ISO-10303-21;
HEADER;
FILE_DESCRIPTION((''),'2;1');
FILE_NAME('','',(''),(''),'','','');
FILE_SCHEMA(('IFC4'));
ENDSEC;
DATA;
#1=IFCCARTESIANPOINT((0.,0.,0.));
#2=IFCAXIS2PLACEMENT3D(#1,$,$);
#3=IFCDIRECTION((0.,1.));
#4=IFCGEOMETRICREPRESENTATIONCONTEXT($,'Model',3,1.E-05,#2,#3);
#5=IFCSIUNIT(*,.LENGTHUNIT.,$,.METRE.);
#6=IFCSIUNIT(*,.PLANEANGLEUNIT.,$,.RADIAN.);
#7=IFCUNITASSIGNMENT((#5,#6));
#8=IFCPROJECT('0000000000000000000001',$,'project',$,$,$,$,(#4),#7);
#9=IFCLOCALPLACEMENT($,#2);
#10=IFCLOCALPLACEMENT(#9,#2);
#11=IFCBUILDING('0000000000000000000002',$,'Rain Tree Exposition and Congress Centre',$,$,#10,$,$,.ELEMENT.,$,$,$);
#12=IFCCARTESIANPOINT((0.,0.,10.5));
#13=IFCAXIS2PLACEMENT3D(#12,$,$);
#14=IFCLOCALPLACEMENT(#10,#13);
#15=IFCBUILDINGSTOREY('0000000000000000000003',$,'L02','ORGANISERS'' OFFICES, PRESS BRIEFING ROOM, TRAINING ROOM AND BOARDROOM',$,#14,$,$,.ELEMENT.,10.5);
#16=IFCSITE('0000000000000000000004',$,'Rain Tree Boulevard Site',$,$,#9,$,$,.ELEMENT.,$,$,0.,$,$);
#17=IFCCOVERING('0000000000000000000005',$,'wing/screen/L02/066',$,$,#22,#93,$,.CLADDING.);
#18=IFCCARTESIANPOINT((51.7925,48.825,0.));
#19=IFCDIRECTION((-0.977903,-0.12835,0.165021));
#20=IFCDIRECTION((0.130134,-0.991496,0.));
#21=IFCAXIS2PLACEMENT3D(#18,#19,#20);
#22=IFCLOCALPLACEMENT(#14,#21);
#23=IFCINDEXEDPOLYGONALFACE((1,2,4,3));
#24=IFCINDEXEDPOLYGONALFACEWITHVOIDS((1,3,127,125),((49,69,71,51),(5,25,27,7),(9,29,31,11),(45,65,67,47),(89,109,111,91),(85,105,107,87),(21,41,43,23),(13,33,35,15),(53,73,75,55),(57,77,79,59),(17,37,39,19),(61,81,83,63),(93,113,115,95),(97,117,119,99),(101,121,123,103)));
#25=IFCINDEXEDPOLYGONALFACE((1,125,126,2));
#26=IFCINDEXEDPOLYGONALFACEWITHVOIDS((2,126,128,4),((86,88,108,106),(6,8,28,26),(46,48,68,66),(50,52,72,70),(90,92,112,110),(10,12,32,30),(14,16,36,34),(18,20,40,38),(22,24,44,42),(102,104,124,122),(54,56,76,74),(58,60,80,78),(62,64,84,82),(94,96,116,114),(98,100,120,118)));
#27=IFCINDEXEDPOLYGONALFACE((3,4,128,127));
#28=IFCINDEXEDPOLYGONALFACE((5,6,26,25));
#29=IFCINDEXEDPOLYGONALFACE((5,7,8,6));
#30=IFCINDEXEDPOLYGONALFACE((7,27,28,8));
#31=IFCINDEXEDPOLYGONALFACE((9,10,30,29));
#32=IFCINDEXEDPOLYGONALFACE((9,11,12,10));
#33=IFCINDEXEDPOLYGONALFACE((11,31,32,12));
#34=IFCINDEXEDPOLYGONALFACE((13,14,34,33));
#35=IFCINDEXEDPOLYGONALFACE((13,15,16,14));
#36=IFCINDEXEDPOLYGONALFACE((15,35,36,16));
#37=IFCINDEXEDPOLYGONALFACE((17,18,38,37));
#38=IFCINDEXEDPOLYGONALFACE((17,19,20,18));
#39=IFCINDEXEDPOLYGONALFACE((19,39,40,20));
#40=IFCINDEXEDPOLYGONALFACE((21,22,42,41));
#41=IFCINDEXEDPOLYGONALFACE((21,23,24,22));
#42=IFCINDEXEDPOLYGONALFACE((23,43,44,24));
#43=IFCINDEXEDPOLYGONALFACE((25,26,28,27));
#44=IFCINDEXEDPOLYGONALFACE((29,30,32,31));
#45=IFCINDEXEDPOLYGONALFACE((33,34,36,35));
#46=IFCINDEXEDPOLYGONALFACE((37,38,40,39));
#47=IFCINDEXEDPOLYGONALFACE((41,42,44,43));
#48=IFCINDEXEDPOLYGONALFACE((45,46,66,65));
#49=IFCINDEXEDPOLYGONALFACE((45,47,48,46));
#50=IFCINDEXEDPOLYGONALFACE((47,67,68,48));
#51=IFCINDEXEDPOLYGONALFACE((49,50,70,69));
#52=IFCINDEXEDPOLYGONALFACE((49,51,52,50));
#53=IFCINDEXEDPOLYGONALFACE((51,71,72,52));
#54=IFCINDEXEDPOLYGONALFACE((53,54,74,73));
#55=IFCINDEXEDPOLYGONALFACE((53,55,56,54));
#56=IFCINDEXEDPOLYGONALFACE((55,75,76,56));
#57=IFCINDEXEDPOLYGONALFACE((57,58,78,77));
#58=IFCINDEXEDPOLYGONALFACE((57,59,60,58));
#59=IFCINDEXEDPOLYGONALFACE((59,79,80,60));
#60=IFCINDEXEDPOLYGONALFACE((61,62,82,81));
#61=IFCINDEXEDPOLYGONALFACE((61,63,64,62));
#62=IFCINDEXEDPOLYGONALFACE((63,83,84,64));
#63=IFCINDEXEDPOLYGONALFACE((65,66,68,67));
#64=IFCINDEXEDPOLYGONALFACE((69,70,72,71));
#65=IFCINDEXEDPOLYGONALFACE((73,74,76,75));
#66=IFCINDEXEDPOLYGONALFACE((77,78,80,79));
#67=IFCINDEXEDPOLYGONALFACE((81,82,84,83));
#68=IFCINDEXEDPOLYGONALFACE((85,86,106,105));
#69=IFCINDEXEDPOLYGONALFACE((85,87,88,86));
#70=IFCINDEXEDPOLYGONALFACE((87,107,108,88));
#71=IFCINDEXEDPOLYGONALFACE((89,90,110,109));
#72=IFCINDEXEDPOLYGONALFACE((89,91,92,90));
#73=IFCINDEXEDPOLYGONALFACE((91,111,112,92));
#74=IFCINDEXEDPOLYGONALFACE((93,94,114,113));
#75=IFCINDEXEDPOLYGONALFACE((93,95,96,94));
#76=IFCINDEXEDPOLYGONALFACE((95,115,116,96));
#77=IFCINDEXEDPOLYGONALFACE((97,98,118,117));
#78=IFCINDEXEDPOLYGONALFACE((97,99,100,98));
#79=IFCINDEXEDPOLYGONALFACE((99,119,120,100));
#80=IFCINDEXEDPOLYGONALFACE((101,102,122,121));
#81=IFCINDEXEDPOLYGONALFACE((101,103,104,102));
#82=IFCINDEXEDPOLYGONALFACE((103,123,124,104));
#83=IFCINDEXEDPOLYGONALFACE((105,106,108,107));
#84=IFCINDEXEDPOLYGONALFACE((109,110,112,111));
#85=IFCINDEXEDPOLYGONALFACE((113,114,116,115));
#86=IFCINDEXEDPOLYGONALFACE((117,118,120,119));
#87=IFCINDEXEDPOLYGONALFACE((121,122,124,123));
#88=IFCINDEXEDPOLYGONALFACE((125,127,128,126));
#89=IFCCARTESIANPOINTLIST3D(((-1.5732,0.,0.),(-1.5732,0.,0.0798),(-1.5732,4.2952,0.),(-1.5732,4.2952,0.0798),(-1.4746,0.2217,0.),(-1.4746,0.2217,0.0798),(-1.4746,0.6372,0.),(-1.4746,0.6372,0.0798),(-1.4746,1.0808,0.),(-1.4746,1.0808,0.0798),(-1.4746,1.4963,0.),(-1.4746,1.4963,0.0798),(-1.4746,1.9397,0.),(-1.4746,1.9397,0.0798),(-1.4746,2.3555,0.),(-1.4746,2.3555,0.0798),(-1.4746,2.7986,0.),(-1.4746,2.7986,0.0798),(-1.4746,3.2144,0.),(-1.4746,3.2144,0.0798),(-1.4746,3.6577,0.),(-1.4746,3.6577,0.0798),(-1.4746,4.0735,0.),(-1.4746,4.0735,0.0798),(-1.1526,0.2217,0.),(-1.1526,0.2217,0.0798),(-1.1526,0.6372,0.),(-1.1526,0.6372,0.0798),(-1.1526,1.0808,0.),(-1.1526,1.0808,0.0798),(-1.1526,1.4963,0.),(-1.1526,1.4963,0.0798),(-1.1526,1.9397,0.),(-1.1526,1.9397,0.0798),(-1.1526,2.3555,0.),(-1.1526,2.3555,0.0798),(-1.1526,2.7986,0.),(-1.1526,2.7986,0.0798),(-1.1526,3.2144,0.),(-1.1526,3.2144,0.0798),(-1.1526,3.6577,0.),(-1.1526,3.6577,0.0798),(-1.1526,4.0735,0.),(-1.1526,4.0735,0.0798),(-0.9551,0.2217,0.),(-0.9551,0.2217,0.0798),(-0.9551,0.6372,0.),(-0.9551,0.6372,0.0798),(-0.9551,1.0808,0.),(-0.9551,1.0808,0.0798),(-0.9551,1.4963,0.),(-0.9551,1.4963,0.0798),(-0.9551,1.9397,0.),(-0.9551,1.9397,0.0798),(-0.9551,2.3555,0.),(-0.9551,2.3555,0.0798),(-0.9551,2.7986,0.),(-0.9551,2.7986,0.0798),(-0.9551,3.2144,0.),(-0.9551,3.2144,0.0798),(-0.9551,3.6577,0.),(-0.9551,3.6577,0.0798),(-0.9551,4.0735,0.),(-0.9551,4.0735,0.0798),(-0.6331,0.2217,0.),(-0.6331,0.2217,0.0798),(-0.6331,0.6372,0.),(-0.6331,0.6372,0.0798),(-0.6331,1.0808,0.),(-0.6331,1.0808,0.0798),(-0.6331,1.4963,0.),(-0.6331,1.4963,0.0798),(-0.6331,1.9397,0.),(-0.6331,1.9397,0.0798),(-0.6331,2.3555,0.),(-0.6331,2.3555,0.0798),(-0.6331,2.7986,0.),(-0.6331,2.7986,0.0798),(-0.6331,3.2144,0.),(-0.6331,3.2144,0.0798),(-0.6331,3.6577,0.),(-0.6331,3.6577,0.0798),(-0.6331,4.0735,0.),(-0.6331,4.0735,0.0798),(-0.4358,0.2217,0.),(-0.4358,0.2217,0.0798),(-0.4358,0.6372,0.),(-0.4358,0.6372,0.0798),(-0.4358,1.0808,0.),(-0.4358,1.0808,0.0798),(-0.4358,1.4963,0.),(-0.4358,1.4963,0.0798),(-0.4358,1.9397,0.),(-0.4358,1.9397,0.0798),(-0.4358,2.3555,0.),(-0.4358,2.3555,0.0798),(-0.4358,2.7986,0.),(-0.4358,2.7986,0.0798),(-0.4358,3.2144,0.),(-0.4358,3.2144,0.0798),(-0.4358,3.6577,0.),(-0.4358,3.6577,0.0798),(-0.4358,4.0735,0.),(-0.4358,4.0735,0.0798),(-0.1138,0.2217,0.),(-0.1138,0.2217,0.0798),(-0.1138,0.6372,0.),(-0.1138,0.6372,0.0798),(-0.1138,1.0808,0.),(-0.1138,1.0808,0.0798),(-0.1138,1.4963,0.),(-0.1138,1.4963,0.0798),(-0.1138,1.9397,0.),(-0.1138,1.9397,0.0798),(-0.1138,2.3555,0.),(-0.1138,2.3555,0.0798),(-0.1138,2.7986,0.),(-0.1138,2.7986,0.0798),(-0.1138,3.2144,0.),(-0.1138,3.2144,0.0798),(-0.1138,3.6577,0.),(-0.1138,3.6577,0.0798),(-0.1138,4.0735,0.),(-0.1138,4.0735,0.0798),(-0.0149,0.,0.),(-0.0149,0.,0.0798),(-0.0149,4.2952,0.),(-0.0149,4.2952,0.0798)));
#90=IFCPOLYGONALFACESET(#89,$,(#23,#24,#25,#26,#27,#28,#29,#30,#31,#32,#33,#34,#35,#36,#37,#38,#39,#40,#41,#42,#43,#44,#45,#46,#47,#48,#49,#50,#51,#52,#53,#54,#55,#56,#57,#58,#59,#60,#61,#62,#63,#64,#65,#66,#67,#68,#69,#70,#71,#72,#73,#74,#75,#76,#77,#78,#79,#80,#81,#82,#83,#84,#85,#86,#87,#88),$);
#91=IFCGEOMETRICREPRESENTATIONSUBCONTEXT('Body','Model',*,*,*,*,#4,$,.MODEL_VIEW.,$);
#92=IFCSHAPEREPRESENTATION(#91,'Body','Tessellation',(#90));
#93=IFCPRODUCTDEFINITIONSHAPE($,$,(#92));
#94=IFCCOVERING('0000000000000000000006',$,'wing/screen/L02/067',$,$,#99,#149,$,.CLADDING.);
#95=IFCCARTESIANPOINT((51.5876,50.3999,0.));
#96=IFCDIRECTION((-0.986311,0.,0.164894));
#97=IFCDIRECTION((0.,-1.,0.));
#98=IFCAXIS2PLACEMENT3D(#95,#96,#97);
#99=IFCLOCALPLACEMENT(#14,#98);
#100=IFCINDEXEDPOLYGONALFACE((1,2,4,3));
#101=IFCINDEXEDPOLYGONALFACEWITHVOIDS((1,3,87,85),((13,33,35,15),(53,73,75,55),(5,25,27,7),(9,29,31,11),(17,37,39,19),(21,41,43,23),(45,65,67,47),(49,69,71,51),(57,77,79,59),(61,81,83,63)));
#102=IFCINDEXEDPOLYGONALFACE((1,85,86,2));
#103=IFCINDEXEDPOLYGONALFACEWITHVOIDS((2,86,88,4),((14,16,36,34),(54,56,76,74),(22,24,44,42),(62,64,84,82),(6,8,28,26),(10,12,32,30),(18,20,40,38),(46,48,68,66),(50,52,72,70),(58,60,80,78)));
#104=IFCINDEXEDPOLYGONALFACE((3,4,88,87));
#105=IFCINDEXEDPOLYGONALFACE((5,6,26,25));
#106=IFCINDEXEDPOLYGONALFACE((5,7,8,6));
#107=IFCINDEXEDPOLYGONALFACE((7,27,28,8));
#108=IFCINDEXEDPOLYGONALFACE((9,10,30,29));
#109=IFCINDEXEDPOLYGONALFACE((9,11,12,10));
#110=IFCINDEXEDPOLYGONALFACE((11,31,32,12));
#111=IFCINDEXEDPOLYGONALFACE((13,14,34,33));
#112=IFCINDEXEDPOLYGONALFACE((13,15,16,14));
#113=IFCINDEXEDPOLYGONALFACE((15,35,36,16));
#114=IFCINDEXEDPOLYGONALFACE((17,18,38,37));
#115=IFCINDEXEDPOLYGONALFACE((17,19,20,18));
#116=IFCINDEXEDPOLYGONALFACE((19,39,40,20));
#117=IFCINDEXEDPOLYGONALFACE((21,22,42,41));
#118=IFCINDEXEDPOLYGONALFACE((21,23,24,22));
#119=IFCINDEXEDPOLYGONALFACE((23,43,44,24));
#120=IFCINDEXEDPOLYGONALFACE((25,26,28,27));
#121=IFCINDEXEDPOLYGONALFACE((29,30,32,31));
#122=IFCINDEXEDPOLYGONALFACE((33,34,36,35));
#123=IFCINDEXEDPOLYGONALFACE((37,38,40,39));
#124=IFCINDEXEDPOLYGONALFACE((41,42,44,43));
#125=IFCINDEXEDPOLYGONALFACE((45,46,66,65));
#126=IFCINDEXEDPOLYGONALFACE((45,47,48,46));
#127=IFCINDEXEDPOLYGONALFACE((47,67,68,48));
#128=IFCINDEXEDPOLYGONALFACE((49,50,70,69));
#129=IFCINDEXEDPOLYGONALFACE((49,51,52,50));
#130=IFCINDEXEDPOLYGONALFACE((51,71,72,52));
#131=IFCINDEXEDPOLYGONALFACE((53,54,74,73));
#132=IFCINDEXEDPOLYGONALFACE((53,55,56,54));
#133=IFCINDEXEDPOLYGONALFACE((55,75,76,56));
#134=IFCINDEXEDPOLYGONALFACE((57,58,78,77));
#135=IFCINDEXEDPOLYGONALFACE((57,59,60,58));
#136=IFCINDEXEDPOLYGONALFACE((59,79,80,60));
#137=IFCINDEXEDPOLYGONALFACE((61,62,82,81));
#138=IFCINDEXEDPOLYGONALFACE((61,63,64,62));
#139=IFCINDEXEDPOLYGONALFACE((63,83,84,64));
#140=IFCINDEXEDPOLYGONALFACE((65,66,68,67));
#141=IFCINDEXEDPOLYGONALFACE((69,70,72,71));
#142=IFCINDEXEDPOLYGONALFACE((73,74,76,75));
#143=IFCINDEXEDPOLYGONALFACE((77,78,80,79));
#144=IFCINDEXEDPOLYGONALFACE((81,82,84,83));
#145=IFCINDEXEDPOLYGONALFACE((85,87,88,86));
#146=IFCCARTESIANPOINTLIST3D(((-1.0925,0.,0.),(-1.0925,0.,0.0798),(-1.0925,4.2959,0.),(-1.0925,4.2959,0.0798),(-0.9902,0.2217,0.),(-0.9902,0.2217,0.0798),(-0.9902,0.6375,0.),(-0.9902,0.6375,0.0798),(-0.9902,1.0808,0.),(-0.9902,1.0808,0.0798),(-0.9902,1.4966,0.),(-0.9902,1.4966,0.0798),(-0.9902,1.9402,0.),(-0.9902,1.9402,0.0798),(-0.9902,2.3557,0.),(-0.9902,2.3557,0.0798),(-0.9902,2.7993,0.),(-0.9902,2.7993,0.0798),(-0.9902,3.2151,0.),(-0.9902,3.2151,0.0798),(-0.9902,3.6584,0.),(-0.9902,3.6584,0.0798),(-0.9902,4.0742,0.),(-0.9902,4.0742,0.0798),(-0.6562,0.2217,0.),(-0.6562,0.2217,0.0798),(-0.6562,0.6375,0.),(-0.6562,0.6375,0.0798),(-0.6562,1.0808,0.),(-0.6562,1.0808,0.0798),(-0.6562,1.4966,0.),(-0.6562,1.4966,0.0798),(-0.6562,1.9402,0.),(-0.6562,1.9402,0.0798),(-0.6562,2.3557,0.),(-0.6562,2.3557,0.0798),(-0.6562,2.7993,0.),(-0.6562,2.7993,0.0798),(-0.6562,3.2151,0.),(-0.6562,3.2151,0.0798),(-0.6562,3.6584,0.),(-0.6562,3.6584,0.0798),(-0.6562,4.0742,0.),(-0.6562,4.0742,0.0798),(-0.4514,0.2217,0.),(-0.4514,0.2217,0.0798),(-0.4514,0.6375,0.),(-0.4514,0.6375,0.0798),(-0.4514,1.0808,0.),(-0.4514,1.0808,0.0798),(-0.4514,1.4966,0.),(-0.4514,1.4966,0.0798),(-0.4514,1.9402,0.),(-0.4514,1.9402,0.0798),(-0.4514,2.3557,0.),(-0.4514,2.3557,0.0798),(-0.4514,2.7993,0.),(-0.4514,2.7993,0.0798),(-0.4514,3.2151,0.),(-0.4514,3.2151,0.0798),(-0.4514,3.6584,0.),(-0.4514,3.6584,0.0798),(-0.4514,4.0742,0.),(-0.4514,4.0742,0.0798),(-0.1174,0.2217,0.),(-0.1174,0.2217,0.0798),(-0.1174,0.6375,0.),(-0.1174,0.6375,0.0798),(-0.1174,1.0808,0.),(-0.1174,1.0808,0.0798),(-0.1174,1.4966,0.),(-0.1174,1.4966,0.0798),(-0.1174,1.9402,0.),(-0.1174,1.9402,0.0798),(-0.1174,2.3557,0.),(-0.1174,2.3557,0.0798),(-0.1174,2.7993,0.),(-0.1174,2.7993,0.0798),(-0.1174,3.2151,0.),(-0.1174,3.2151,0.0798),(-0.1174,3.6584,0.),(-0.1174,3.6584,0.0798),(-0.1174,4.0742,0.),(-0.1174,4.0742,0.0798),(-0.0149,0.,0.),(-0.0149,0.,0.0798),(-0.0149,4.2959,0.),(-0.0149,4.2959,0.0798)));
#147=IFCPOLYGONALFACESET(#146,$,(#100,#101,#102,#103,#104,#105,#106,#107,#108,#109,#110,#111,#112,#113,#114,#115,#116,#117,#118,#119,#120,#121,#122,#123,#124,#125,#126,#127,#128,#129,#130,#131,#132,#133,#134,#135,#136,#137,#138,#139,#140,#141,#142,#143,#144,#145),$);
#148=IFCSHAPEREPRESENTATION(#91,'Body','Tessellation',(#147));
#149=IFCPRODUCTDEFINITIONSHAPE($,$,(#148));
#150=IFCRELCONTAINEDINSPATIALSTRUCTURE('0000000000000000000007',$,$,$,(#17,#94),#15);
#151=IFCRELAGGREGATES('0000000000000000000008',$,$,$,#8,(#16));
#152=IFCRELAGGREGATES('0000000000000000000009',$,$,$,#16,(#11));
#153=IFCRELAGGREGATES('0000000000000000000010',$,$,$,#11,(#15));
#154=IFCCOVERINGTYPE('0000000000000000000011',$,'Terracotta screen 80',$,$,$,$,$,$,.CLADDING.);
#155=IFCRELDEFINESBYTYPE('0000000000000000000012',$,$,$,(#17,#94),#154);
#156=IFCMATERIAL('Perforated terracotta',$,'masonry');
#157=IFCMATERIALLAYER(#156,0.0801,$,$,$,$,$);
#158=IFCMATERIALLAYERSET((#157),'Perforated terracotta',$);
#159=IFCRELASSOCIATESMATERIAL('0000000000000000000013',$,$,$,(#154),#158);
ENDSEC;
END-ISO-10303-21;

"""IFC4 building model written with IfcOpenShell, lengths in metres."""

from ifc_helpers import new_model, si_unit, direction, frame, origin, place, context, subcontext, project, spatial, polyline, outline, extrude, material, layer, layer_set, type_object, element, save


model = new_model("IFC4")

# Units and contexts
model_context = context("Model", 3, precision=1e-05, world=origin(), true_north=direction((0.0, 1.0)))
body_context = subcontext(model_context, "Body", "Model", "MODEL_VIEW")
ifc_project = project(units=[si_unit("LENGTHUNIT", "METRE"), si_unit("PLANEANGLEUNIT", "RADIAN")], contexts=[model_context])

# Site, building, storey
site_placement = place(None, origin())
site = spatial("IfcSite", under=ifc_project, at=site_placement, Name="Rain Tree Boulevard Site", CompositionType="ELEMENT", RefElevation=0.0)
building_placement = place(site_placement, origin())
building = spatial("IfcBuilding", under=site, at=building_placement, Name="Rain Tree Exposition and Congress Centre", CompositionType="ELEMENT")
storey_placement = place(building_placement, frame((0.0, 0.0, 10.5)))
storey = spatial("IfcBuildingStorey", under=building, at=storey_placement, Name="L02", Description="ORGANISERS' OFFICES, PRESS BRIEFING ROOM, TRAINING ROOM AND BOARDROOM", CompositionType="ELEMENT", Elevation=10.5)

# Coverings
ifc_material_1 = material(Name="Perforated terracotta", Category="masonry")
ifc_layer_1 = layer(ifc_material_1, 0.0801)
ifc_layer_set_1 = layer_set([ifc_layer_1], Name="Perforated terracotta")
covering_type = type_object("IfcCoveringType", Name="Terracotta screen 80", PredefinedType="CLADDING", material=ifc_layer_set_1)
covering_1_placement = place(storey_placement, frame((51.7925, 48.825, 0.0), z_axis=(-0.977903, -0.12835, 0.165021), x_axis=(0.130134, -0.991496, 0.0)))
element("IfcCovering", 1, at=covering_1_placement, inside=storey, type_object=covering_type, Name="wing/screen/L02/066", PredefinedType="CLADDING", context=body_context, shape_type="SweptSolid", body=[
    extrude(outline(polyline([(-1.5732, 0.0), (-1.5732, 4.2952), (-0.0149, 4.2952), (-0.0149, 0.0), (-1.5732, 0.0)]), holes=[polyline([(-0.1138, 0.2217), (-0.1138, 0.6372), (-0.4358, 0.6372), (-0.4358, 0.2217), (-0.1138, 0.2217)]), polyline([(-0.1138, 1.0808), (-0.1138, 1.4963), (-0.4358, 1.4963), (-0.4358, 1.0808), (-0.1138, 1.0808)]), polyline([(-0.1138, 1.9397), (-0.1138, 2.3555), (-0.4358, 2.3555), (-0.4358, 1.9397), (-0.1138, 1.9397)]), polyline([(-0.1138, 2.7986), (-0.1138, 3.2144), (-0.4358, 3.2144), (-0.4358, 2.7986), (-0.1138, 2.7986)]), polyline([(-0.1138, 3.6577), (-0.1138, 4.0735), (-0.4358, 4.0735), (-0.4358, 3.6577), (-0.1138, 3.6577)]), polyline([(-0.6331, 0.2217), (-0.6331, 0.6372), (-0.9551, 0.6372), (-0.9551, 0.2217), (-0.6331, 0.2217)]), polyline([(-0.6331, 1.0808), (-0.6331, 1.4963), (-0.9551, 1.4963), (-0.9551, 1.0808), (-0.6331, 1.0808)]), polyline([(-0.6331, 1.9397), (-0.6331, 2.3555), (-0.9551, 2.3555), (-0.9551, 1.9397), (-0.6331, 1.9397)]), polyline([(-0.6331, 2.7986), (-0.6331, 3.2144), (-0.9551, 3.2144), (-0.9551, 2.7986), (-0.6331, 2.7986)]), polyline([(-0.6331, 3.6577), (-0.6331, 4.0735), (-0.9551, 4.0735), (-0.9551, 3.6577), (-0.6331, 3.6577)]), polyline([(-1.1526, 0.2217), (-1.1526, 0.6372), (-1.4746, 0.6372), (-1.4746, 0.2217), (-1.1526, 0.2217)]), polyline([(-1.1526, 1.0808), (-1.1526, 1.4963), (-1.4746, 1.4963), (-1.4746, 1.0808), (-1.1526, 1.0808)]), polyline([(-1.1526, 1.9397), (-1.1526, 2.3555), (-1.4746, 2.3555), (-1.4746, 1.9397), (-1.1526, 1.9397)]), polyline([(-1.1526, 2.7986), (-1.1526, 3.2144), (-1.4746, 3.2144), (-1.4746, 2.7986), (-1.1526, 2.7986)]), polyline([(-1.1526, 3.6577), (-1.1526, 4.0735), (-1.4746, 4.0735), (-1.4746, 3.6577), (-1.1526, 3.6577)])]), origin(), (0.0, 0.0, 1.0), 0.0798),
])
covering_2_placement = place(storey_placement, frame((51.5876, 50.3999, 0.0), z_axis=(-0.986311, 0.0, 0.164894), x_axis=(0.0, -1.0, 0.0)))
element("IfcCovering", 2, at=covering_2_placement, inside=storey, type_object=covering_type, Name="wing/screen/L02/067", PredefinedType="CLADDING", context=body_context, shape_type="SweptSolid", body=[
    extrude(outline(polyline([(-1.0925, 0.0), (-1.0925, 4.2959), (-0.0149, 4.2959), (-0.0149, 0.0), (-1.0925, 0.0)]), holes=[polyline([(-0.1174, 0.2217), (-0.1174, 0.6375), (-0.4514, 0.6375), (-0.4514, 0.2217), (-0.1174, 0.2217)]), polyline([(-0.1174, 1.0808), (-0.1174, 1.4966), (-0.4514, 1.4966), (-0.4514, 1.0808), (-0.1174, 1.0808)]), polyline([(-0.1174, 1.9402), (-0.1174, 2.3557), (-0.4514, 2.3557), (-0.4514, 1.9402), (-0.1174, 1.9402)]), polyline([(-0.1174, 2.7993), (-0.1174, 3.2151), (-0.4514, 3.2151), (-0.4514, 2.7993), (-0.1174, 2.7993)]), polyline([(-0.1174, 3.6584), (-0.1174, 4.0742), (-0.4514, 4.0742), (-0.4514, 3.6584), (-0.1174, 3.6584)]), polyline([(-0.6562, 0.2217), (-0.6562, 0.6375), (-0.9902, 0.6375), (-0.9902, 0.2217), (-0.6562, 0.2217)]), polyline([(-0.6562, 1.0808), (-0.6562, 1.4966), (-0.9902, 1.4966), (-0.9902, 1.0808), (-0.6562, 1.0808)]), polyline([(-0.6562, 1.9402), (-0.6562, 2.3557), (-0.9902, 2.3557), (-0.9902, 1.9402), (-0.6562, 1.9402)]), polyline([(-0.6562, 2.7993), (-0.6562, 3.2151), (-0.9902, 3.2151), (-0.9902, 2.7993), (-0.6562, 2.7993)]), polyline([(-0.6562, 3.6584), (-0.6562, 4.0742), (-0.9902, 4.0742), (-0.9902, 3.6584), (-0.6562, 3.6584)])]), origin(), (0.0, 0.0, 1.0), 0.0798),
])

save(model, "model.ifc")
